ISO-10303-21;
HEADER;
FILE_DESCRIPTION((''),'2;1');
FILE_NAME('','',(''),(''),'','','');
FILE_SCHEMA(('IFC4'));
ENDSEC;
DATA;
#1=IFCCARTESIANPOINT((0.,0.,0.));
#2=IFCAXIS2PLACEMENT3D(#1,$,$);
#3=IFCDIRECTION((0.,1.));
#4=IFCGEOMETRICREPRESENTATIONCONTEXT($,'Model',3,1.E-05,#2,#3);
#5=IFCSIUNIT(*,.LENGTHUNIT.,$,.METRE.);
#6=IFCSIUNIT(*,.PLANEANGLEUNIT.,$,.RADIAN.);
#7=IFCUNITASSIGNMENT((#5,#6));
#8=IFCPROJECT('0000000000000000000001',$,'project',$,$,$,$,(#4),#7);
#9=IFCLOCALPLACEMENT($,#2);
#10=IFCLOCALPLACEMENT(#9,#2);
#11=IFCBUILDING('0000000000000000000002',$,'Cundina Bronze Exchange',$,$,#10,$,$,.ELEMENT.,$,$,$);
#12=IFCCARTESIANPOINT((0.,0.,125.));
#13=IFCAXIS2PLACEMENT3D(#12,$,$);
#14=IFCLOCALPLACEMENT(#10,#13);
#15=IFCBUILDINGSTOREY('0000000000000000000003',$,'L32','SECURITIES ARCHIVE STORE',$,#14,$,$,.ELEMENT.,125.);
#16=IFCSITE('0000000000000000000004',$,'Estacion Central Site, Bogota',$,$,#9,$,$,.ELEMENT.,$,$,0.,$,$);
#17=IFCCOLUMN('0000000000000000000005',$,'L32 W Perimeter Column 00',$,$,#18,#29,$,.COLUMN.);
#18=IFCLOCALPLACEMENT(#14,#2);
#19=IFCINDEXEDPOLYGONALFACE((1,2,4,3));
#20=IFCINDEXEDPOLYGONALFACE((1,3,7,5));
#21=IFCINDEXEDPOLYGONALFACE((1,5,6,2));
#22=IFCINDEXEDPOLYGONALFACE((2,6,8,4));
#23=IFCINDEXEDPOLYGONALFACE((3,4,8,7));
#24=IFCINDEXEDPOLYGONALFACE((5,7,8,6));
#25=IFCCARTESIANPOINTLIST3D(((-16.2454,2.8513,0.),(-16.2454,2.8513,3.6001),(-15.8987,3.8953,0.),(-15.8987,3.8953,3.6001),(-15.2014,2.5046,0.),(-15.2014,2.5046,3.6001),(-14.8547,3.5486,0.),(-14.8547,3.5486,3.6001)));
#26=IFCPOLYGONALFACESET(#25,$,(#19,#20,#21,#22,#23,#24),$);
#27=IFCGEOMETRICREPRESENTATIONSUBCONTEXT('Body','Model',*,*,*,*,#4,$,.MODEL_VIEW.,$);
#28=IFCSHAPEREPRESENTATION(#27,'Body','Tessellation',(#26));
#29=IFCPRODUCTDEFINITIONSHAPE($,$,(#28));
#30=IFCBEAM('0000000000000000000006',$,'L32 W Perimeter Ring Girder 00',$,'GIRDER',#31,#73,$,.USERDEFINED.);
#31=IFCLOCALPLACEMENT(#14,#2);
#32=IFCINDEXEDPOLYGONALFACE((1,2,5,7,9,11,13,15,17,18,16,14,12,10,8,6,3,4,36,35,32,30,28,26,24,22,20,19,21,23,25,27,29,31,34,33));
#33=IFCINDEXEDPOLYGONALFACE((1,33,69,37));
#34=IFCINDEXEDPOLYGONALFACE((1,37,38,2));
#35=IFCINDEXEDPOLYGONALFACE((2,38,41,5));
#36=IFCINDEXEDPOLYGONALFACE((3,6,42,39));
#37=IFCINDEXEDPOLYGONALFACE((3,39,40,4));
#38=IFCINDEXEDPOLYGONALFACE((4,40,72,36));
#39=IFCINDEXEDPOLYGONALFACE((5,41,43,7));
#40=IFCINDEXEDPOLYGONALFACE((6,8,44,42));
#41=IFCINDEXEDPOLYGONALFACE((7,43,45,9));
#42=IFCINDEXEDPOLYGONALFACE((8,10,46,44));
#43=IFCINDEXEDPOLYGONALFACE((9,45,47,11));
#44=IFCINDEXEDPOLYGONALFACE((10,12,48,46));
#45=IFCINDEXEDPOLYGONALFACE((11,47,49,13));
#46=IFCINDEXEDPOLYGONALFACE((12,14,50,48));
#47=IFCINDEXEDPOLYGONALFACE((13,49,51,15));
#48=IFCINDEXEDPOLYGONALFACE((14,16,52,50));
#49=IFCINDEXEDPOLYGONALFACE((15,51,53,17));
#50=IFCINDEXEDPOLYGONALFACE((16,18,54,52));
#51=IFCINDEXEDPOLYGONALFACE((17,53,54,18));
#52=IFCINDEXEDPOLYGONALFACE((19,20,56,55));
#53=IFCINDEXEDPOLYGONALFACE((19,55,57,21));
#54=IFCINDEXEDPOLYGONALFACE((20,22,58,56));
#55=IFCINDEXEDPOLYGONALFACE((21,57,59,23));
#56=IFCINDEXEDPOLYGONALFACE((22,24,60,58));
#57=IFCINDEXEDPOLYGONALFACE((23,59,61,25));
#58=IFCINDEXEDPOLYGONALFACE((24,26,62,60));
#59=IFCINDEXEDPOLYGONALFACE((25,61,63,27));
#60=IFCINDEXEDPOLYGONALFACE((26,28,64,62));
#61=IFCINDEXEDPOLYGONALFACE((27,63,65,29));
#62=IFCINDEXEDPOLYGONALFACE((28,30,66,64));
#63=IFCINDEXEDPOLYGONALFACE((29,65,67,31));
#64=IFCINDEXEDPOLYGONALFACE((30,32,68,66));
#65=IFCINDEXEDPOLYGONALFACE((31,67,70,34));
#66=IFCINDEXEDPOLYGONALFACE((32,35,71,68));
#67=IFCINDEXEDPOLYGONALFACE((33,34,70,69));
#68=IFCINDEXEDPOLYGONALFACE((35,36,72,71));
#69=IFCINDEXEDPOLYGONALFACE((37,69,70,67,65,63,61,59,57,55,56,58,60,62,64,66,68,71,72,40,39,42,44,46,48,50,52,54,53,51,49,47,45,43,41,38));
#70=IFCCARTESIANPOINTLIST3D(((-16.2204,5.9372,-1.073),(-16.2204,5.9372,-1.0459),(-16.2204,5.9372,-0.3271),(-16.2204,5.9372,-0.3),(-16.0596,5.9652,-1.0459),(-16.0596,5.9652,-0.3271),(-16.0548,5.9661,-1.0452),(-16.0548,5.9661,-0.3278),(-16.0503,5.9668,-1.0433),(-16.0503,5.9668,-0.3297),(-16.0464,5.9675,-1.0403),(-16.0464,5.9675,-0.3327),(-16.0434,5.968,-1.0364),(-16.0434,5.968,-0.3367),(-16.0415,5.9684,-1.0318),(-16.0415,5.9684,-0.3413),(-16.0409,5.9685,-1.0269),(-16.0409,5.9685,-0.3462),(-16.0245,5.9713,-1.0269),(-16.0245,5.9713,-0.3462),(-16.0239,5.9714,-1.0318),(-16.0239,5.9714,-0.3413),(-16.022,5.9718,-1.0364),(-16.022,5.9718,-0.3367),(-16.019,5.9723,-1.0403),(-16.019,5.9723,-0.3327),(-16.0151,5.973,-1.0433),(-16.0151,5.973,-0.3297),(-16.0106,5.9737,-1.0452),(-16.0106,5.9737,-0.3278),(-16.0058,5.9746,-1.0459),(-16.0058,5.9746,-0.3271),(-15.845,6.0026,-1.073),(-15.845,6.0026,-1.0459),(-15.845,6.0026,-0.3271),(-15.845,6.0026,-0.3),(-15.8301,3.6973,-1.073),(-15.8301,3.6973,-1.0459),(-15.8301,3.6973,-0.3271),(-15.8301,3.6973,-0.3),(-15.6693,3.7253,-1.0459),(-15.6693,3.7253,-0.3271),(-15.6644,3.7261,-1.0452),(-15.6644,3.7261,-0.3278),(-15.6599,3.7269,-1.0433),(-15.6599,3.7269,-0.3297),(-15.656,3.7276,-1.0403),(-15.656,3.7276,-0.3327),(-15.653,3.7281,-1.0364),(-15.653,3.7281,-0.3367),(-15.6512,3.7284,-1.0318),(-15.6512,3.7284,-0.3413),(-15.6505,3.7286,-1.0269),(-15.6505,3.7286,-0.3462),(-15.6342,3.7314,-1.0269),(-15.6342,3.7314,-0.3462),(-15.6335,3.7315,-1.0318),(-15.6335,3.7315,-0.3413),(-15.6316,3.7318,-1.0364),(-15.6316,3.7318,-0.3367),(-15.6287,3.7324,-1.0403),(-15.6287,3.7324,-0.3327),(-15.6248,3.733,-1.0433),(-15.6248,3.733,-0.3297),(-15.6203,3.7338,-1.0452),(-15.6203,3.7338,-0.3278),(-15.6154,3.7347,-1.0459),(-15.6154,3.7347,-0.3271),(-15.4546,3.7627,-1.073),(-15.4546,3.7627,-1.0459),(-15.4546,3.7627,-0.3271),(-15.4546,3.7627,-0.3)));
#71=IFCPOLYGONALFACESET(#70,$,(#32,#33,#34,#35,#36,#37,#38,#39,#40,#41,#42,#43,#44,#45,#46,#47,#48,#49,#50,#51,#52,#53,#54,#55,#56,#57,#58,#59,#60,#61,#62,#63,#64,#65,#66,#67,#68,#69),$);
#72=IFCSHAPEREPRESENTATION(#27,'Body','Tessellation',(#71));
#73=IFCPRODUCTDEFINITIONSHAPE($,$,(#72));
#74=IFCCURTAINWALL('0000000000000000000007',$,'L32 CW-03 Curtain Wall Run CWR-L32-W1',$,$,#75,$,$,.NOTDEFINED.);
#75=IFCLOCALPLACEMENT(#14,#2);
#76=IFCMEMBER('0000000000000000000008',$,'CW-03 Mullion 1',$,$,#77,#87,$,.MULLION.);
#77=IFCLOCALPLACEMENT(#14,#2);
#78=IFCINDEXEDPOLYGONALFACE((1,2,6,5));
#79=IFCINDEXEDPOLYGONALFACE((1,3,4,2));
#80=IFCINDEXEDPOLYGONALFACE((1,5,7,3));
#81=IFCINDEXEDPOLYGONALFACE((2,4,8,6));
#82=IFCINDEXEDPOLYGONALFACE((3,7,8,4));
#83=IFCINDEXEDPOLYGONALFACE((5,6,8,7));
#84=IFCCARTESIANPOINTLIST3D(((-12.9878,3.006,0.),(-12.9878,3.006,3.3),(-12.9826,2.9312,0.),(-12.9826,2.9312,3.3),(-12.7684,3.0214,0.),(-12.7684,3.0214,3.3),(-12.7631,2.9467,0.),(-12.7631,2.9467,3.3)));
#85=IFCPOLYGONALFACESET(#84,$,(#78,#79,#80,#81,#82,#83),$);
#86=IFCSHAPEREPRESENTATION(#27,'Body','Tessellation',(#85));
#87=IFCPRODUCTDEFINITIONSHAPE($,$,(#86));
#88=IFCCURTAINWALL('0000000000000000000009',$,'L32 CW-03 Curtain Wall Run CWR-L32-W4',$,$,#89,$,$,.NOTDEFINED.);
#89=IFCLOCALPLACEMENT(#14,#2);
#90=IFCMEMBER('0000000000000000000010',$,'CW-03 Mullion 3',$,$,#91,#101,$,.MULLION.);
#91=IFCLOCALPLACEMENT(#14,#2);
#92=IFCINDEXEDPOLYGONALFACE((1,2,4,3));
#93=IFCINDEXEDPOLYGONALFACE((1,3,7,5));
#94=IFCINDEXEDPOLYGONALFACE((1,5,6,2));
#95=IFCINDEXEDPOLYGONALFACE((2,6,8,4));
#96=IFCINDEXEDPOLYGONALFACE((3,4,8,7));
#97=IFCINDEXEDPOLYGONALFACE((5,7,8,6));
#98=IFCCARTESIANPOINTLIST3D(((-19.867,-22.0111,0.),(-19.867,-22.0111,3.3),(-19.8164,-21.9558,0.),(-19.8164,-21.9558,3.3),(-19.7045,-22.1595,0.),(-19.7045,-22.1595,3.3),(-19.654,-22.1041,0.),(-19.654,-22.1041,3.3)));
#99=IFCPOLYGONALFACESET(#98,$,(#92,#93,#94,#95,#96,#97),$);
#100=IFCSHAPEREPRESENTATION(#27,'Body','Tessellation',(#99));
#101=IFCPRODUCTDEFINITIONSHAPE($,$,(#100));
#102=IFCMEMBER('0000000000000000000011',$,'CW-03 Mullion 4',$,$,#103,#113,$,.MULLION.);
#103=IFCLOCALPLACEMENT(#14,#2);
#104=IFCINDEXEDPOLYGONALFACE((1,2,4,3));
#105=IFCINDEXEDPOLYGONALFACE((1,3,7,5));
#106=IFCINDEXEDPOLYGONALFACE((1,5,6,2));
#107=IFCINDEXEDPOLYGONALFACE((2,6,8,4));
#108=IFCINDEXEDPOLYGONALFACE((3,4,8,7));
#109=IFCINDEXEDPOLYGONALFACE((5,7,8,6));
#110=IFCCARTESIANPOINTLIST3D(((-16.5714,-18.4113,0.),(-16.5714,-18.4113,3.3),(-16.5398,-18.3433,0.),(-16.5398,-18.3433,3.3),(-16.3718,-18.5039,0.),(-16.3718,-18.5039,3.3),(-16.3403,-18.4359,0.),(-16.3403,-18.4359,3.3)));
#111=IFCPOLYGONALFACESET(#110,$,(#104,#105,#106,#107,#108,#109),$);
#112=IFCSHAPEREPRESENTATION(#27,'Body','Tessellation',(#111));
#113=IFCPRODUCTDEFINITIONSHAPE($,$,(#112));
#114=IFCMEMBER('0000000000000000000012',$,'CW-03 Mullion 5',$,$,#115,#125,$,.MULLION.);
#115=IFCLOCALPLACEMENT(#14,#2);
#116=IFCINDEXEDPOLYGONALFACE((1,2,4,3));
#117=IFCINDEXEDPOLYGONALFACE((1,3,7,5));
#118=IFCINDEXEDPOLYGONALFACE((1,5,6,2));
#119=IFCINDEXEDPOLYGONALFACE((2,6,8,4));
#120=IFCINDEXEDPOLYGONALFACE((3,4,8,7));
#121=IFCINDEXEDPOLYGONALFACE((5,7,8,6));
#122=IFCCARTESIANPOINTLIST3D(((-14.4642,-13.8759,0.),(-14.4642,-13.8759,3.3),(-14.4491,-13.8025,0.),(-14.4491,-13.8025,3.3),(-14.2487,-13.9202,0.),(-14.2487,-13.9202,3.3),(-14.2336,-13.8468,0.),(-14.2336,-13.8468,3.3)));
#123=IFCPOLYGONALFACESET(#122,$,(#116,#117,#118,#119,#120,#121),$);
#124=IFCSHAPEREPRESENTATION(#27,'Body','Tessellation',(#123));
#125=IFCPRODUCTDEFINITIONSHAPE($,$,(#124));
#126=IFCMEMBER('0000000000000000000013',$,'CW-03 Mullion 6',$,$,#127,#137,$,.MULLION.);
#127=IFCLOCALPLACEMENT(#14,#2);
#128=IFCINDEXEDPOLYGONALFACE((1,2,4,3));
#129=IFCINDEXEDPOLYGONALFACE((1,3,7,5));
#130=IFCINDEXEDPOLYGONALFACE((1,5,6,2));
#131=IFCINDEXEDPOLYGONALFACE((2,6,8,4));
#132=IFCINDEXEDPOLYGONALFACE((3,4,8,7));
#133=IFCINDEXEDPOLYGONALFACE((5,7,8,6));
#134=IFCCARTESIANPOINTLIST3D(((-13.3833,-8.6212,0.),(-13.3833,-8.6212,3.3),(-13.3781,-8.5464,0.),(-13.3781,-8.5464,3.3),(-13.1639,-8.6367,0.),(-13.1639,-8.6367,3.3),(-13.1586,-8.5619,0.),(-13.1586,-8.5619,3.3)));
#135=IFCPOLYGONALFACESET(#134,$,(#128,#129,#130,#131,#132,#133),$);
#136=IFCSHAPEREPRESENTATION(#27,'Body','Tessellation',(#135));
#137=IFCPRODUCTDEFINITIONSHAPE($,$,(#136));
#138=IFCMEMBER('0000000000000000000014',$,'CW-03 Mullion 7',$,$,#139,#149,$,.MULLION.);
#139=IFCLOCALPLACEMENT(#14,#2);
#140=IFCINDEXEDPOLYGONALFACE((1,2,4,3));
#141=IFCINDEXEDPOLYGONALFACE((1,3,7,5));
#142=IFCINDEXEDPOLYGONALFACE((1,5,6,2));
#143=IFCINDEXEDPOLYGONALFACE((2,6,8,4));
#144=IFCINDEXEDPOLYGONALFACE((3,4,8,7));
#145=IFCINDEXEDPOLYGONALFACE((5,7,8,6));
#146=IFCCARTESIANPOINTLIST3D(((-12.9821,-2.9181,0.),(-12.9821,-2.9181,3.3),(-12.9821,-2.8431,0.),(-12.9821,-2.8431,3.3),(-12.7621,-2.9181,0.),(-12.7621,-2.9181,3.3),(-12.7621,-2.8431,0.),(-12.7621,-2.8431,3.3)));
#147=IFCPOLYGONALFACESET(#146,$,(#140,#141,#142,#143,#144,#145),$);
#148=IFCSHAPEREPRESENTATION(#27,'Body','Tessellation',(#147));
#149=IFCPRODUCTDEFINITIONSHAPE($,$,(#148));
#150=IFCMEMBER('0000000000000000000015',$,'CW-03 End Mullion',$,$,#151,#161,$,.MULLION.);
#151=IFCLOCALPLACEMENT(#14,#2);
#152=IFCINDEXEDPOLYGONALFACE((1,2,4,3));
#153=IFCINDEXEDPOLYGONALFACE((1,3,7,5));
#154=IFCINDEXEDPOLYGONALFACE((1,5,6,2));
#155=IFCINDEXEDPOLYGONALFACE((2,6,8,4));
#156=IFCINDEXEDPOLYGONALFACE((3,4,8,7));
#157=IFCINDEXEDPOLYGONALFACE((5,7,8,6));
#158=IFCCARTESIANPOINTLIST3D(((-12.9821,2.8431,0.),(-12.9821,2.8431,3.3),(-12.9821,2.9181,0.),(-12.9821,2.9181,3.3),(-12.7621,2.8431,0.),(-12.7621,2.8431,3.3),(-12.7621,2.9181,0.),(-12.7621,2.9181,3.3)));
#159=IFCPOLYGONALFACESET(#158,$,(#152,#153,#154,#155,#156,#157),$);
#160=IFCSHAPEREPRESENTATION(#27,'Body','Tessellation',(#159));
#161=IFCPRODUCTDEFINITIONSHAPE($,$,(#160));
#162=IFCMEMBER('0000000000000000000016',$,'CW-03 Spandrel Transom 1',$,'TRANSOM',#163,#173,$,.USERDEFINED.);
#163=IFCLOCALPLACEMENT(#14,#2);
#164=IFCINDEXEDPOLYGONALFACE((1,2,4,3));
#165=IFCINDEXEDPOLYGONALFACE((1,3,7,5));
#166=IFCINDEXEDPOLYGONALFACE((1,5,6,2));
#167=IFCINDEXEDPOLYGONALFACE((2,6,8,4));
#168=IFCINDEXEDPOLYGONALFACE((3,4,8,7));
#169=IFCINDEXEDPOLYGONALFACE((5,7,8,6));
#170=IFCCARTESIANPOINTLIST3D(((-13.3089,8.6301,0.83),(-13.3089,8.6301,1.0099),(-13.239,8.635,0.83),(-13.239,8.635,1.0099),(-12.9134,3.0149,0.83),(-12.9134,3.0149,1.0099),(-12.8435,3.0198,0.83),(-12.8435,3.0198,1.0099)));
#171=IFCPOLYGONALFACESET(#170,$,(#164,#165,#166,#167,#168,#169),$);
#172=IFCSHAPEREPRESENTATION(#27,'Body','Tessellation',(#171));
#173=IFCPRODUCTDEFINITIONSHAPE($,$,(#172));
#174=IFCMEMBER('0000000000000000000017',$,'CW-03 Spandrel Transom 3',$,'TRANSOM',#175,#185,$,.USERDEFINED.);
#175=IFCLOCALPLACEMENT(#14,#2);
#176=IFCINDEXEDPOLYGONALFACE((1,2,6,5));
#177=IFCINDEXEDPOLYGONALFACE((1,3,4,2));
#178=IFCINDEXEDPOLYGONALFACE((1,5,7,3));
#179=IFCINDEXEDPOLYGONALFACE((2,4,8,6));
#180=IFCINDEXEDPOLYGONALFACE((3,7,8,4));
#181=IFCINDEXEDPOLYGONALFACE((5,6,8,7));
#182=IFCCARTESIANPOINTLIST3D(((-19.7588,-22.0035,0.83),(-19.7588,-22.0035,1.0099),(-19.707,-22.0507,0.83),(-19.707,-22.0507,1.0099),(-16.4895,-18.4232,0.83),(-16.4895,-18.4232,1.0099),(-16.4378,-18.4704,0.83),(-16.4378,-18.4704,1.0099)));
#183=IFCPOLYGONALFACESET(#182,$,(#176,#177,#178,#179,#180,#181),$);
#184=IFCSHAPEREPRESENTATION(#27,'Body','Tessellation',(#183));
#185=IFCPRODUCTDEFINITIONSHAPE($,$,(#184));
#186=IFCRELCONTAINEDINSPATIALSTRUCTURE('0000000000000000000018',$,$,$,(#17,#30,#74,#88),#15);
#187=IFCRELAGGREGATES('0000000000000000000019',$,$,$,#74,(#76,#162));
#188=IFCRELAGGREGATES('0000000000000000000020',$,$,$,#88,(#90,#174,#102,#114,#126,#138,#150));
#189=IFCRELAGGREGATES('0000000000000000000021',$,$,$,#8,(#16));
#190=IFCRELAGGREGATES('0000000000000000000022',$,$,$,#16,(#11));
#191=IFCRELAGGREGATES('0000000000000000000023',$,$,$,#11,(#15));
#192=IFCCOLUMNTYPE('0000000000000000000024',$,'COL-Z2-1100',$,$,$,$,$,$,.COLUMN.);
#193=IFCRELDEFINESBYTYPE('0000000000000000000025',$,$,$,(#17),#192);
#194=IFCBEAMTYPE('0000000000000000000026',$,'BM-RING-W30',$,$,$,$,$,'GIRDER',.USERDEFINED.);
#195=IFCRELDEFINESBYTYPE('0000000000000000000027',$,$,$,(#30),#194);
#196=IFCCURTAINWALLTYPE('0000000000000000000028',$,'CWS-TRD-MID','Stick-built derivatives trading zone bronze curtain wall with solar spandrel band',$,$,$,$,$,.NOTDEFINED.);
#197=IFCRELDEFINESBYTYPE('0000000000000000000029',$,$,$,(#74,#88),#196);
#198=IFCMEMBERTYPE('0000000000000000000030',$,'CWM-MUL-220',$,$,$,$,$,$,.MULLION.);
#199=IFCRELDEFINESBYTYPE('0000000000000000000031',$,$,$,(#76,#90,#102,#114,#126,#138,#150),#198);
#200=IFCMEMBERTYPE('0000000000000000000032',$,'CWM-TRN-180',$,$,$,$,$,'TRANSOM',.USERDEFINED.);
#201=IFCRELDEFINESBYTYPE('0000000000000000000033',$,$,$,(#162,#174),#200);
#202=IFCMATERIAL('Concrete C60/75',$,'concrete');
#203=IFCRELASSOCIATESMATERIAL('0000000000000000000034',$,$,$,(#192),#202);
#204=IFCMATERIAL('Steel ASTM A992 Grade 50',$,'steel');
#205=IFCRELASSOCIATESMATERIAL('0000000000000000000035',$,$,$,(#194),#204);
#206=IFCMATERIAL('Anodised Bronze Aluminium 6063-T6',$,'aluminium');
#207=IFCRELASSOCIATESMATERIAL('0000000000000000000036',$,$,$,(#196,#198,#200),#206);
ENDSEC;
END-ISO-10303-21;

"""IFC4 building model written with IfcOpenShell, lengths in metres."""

from ifc_helpers import new_model, si_unit, direction, frame, origin, origin_2d, place, context, subcontext, project, spatial, rectangle, i_section, extrude, material, material_profile, profile_set, type_object, element, aggregate, save


model = new_model("IFC4")

# Units and contexts
model_context = context("Model", 3, precision=1e-05, world=origin(), true_north=direction((0.0, 1.0)))
body_context = subcontext(model_context, "Body", "Model", "MODEL_VIEW")
ifc_project = project(units=[si_unit("LENGTHUNIT", "METRE"), si_unit("PLANEANGLEUNIT", "RADIAN")], contexts=[model_context])

# Site, building, storey
site_placement = place(None, origin())
site = spatial("IfcSite", under=ifc_project, at=site_placement, Name="Estacion Central Site, Bogota", CompositionType="ELEMENT", RefElevation=0.0)
building_placement = place(site_placement, origin())
building = spatial("IfcBuilding", under=site, at=building_placement, Name="Cundina Bronze Exchange", CompositionType="ELEMENT")
storey_placement = place(building_placement, frame((0.0, 0.0, 125.0)))
storey = spatial("IfcBuildingStorey", under=building, at=storey_placement, Name="L32", Description="SECURITIES ARCHIVE STORE", CompositionType="ELEMENT", Elevation=125.0)

# Column
ifc_material_1 = material(Name="Concrete C60/75", Category="concrete")
ifc_material_profile_1 = material_profile(ifc_material_1, rectangle(XDim=1.1001, YDim=1.1001, at=origin_2d()), Name="RC1100X1100", Category="concrete")
ifc_profile_set_1 = profile_set([ifc_material_profile_1], Name="Concrete C60/75")
column_type = type_object("IfcColumnType", Name="COL-Z2-1100", PredefinedType="COLUMN", material=ifc_profile_set_1)
column_placement = place(storey_placement, frame((-15.55, 3.2, 0.0), z_axis=(0.0, 0.0, 1.0), x_axis=(0.315152, 0.949041, 0.0)))
element("IfcColumn", 1, at=column_placement, inside=storey, type_object=column_type, Name="L32 W Perimeter Column 00", PredefinedType="COLUMN", context=body_context, shape_type="SweptSolid", body=[
    extrude(rectangle(XDim=1.1001, YDim=1.1001, at=origin_2d()), origin(), (0.0, 0.0, 1.0), 3.6001),
])

# Beam
ifc_material_2 = material(Name="Steel ASTM A992 Grade 50", Category="steel")
ifc_material_profile_2 = material_profile(ifc_material_2, i_section(OverallWidth=0.3811, OverallDepth=0.7729, WebThickness=0.0166, FlangeThickness=0.0271, FilletRadius=0.019, at=origin_2d()), Name="W30X173", Category="steel")
ifc_profile_set_2 = profile_set([ifc_material_profile_2], Name="Steel ASTM A992 Grade 50")
beam_type = type_object("IfcBeamType", Name="BM-RING-W30", ElementType="GIRDER", PredefinedType="USERDEFINED", material=ifc_profile_set_2)
beam_placement = place(storey_placement, frame((-15.6423, 3.73, -0.6865), z_axis=(-0.17169, 0.985151, 0.0), x_axis=(-0.985151, -0.17169, 0.0)))
element("IfcBeam", 2, at=beam_placement, inside=storey, type_object=beam_type, Name="L32 W Perimeter Ring Girder 00", ObjectType="GIRDER", PredefinedType="USERDEFINED", context=body_context, shape_type="SweptSolid", body=[
    extrude(i_section(OverallWidth=0.3811, OverallDepth=0.7729, WebThickness=0.0166, FlangeThickness=0.0271, FilletRadius=0.019, at=origin_2d()), origin(), (0.0, 0.0, 1.0), 2.2737),
])

# Curtain wall, member
ifc_material_3 = material(Name="Anodised Bronze Aluminium 6063-T6", Category="aluminium")
curtain_wall_type = type_object("IfcCurtainWallType", Name="CWS-TRD-MID", Description="Stick-built derivatives trading zone bronze curtain wall with solar spandrel band", PredefinedType="NOTDEFINED", material=ifc_material_3)
curtain_wall_1_placement = place(storey_placement, origin())
curtain_wall_1 = element("IfcCurtainWall", 3, at=curtain_wall_1_placement, inside=storey, type_object=curtain_wall_type, Name="L32 CW-03 Curtain Wall Run CWR-L32-W1", PredefinedType="NOTDEFINED")
ifc_material_profile_3 = material_profile(ifc_material_3, rectangle(XDim=0.075, YDim=0.22, at=origin_2d()), Name="AL75X220", Category="aluminium")
ifc_profile_set_3 = profile_set([ifc_material_profile_3], Name="Anodised Bronze Aluminium 6063-T6")
member_type_1 = type_object("IfcMemberType", Name="CWM-MUL-220", PredefinedType="MULLION", material=ifc_profile_set_3)
member_1_placement = place(storey_placement, frame((-12.8755, 2.9763, 0.0), z_axis=(0.0, 0.0, 1.0), x_axis=(-0.070279, 0.997527, 0.0)))
member_1 = element("IfcMember", 4, at=member_1_placement, type_object=member_type_1, Name="CW-03 Mullion 1", PredefinedType="MULLION", context=body_context, shape_type="SweptSolid", body=[
    extrude(rectangle(XDim=0.075, YDim=0.22, at=origin_2d()), origin(), (0.0, 0.0, 1.0), 3.3),
])

# Curtain wall, members
curtain_wall_2_placement = place(storey_placement, origin())
curtain_wall_2 = element("IfcCurtainWall", 5, at=curtain_wall_2_placement, inside=storey, type_object=curtain_wall_type, Name="L32 CW-03 Curtain Wall Run CWR-L32-W4", PredefinedType="NOTDEFINED")
member_2_placement = place(storey_placement, frame((-19.7605, -22.0576, 0.0), z_axis=(0.0, 0.0, 1.0), x_axis=(0.674302, 0.738455, 0.0)))
member_2 = element("IfcMember", 6, at=member_2_placement, type_object=member_type_1, Name="CW-03 Mullion 3", PredefinedType="MULLION", context=body_context, shape_type="SweptSolid", body=[
    extrude(rectangle(XDim=0.075, YDim=0.22, at=origin_2d()), origin(), (0.0, 0.0, 1.0), 3.3),
])
member_3_placement = place(storey_placement, frame((-16.4558, -18.4236, 0.0), z_axis=(0.0, 0.0, 1.0), x_axis=(0.420877, 0.907117, 0.0)))
member_3 = element("IfcMember", 7, at=member_3_placement, type_object=member_type_1, Name="CW-03 Mullion 4", PredefinedType="MULLION", context=body_context, shape_type="SweptSolid", body=[
    extrude(rectangle(XDim=0.075, YDim=0.22, at=origin_2d()), origin(), (0.0, 0.0, 1.0), 3.3),
])
member_4_placement = place(storey_placement, frame((-14.3489, -13.8613, 0.0), z_axis=(0.0, 0.0, 1.0), x_axis=(0.20142, 0.979505, 0.0)))
member_4 = element("IfcMember", 8, at=member_4_placement, type_object=member_type_1, Name="CW-03 Mullion 5", PredefinedType="MULLION", context=body_context, shape_type="SweptSolid", body=[
    extrude(rectangle(XDim=0.075, YDim=0.22, at=origin_2d()), origin(), (0.0, 0.0, 1.0), 3.3),
])
member_5_placement = place(storey_placement, frame((-13.271, -8.5916, 0.0), z_axis=(0.0, 0.0, 1.0), x_axis=(0.070279, 0.997527, 0.0)))
member_5 = element("IfcMember", 9, at=member_5_placement, type_object=member_type_1, Name="CW-03 Mullion 6", PredefinedType="MULLION", context=body_context, shape_type="SweptSolid", body=[
    extrude(rectangle(XDim=0.075, YDim=0.22, at=origin_2d()), origin(), (0.0, 0.0, 1.0), 3.3),
])
member_6_placement = place(storey_placement, frame((-12.8721, -2.8806, 0.0), z_axis=(0.0, 0.0, 1.0), x_axis=(0.0, 1.0, 0.0)))
member_6 = element("IfcMember", 10, at=member_6_placement, type_object=member_type_1, Name="CW-03 Mullion 7", PredefinedType="MULLION", context=body_context, shape_type="SweptSolid", body=[
    extrude(rectangle(XDim=0.075, YDim=0.22, at=origin_2d()), origin(), (0.0, 0.0, 1.0), 3.3),
])
member_7_placement = place(storey_placement, frame((-12.8721, 2.8806, 0.0), z_axis=(0.0, 0.0, 1.0), x_axis=(0.0, 1.0, 0.0)))
member_7 = element("IfcMember", 11, at=member_7_placement, type_object=member_type_1, Name="CW-03 End Mullion", PredefinedType="MULLION", context=body_context, shape_type="SweptSolid", body=[
    extrude(rectangle(XDim=0.075, YDim=0.22, at=origin_2d()), origin(), (0.0, 0.0, 1.0), 3.3),
])

# Members
ifc_material_profile_4 = material_profile(ifc_material_3, rectangle(XDim=0.0701, YDim=0.1799, at=origin_2d()), Name="AL70X180", Category="aluminium")
ifc_profile_set_4 = profile_set([ifc_material_profile_4], Name="Anodised Bronze Aluminium 6063-T6")
member_type_2 = type_object("IfcMemberType", Name="CWM-TRN-180", ElementType="TRANSOM", PredefinedType="USERDEFINED", material=ifc_profile_set_4)
member_8_placement = place(storey_placement, frame((-12.8784, 3.0173, 0.9199), z_axis=(-0.070261, 0.997529, 0.0), x_axis=(-0.997529, -0.070261, 0.0)))
member_8 = element("IfcMember", 12, at=member_8_placement, type_object=member_type_2, Name="CW-03 Spandrel Transom 1", ObjectType="TRANSOM", PredefinedType="USERDEFINED", context=body_context, shape_type="SweptSolid", body=[
    extrude(rectangle(XDim=0.0701, YDim=0.1799, at=origin_2d()), origin(), (0.0, 0.0, 1.0), 5.6292),
])
aggregate(curtain_wall_1, [member_1, member_8])
member_9_placement = place(storey_placement, frame((-19.7329, -22.0271, 0.9199), z_axis=(0.674303, 0.738455, 0.0), x_axis=(-0.738455, 0.674303, 0.0)))
member_9 = element("IfcMember", 13, at=member_9_placement, type_object=member_type_2, Name="CW-03 Spandrel Transom 3", ObjectType="TRANSOM", PredefinedType="USERDEFINED", context=body_context, shape_type="SweptSolid", body=[
    extrude(rectangle(XDim=0.0701, YDim=0.1799, at=origin_2d()), origin(), (0.0, 0.0, 1.0), 4.8484),
])

aggregate(curtain_wall_2, [member_2, member_9, member_3, member_4, member_5, member_6, member_7])

save(model, "model.ifc")
